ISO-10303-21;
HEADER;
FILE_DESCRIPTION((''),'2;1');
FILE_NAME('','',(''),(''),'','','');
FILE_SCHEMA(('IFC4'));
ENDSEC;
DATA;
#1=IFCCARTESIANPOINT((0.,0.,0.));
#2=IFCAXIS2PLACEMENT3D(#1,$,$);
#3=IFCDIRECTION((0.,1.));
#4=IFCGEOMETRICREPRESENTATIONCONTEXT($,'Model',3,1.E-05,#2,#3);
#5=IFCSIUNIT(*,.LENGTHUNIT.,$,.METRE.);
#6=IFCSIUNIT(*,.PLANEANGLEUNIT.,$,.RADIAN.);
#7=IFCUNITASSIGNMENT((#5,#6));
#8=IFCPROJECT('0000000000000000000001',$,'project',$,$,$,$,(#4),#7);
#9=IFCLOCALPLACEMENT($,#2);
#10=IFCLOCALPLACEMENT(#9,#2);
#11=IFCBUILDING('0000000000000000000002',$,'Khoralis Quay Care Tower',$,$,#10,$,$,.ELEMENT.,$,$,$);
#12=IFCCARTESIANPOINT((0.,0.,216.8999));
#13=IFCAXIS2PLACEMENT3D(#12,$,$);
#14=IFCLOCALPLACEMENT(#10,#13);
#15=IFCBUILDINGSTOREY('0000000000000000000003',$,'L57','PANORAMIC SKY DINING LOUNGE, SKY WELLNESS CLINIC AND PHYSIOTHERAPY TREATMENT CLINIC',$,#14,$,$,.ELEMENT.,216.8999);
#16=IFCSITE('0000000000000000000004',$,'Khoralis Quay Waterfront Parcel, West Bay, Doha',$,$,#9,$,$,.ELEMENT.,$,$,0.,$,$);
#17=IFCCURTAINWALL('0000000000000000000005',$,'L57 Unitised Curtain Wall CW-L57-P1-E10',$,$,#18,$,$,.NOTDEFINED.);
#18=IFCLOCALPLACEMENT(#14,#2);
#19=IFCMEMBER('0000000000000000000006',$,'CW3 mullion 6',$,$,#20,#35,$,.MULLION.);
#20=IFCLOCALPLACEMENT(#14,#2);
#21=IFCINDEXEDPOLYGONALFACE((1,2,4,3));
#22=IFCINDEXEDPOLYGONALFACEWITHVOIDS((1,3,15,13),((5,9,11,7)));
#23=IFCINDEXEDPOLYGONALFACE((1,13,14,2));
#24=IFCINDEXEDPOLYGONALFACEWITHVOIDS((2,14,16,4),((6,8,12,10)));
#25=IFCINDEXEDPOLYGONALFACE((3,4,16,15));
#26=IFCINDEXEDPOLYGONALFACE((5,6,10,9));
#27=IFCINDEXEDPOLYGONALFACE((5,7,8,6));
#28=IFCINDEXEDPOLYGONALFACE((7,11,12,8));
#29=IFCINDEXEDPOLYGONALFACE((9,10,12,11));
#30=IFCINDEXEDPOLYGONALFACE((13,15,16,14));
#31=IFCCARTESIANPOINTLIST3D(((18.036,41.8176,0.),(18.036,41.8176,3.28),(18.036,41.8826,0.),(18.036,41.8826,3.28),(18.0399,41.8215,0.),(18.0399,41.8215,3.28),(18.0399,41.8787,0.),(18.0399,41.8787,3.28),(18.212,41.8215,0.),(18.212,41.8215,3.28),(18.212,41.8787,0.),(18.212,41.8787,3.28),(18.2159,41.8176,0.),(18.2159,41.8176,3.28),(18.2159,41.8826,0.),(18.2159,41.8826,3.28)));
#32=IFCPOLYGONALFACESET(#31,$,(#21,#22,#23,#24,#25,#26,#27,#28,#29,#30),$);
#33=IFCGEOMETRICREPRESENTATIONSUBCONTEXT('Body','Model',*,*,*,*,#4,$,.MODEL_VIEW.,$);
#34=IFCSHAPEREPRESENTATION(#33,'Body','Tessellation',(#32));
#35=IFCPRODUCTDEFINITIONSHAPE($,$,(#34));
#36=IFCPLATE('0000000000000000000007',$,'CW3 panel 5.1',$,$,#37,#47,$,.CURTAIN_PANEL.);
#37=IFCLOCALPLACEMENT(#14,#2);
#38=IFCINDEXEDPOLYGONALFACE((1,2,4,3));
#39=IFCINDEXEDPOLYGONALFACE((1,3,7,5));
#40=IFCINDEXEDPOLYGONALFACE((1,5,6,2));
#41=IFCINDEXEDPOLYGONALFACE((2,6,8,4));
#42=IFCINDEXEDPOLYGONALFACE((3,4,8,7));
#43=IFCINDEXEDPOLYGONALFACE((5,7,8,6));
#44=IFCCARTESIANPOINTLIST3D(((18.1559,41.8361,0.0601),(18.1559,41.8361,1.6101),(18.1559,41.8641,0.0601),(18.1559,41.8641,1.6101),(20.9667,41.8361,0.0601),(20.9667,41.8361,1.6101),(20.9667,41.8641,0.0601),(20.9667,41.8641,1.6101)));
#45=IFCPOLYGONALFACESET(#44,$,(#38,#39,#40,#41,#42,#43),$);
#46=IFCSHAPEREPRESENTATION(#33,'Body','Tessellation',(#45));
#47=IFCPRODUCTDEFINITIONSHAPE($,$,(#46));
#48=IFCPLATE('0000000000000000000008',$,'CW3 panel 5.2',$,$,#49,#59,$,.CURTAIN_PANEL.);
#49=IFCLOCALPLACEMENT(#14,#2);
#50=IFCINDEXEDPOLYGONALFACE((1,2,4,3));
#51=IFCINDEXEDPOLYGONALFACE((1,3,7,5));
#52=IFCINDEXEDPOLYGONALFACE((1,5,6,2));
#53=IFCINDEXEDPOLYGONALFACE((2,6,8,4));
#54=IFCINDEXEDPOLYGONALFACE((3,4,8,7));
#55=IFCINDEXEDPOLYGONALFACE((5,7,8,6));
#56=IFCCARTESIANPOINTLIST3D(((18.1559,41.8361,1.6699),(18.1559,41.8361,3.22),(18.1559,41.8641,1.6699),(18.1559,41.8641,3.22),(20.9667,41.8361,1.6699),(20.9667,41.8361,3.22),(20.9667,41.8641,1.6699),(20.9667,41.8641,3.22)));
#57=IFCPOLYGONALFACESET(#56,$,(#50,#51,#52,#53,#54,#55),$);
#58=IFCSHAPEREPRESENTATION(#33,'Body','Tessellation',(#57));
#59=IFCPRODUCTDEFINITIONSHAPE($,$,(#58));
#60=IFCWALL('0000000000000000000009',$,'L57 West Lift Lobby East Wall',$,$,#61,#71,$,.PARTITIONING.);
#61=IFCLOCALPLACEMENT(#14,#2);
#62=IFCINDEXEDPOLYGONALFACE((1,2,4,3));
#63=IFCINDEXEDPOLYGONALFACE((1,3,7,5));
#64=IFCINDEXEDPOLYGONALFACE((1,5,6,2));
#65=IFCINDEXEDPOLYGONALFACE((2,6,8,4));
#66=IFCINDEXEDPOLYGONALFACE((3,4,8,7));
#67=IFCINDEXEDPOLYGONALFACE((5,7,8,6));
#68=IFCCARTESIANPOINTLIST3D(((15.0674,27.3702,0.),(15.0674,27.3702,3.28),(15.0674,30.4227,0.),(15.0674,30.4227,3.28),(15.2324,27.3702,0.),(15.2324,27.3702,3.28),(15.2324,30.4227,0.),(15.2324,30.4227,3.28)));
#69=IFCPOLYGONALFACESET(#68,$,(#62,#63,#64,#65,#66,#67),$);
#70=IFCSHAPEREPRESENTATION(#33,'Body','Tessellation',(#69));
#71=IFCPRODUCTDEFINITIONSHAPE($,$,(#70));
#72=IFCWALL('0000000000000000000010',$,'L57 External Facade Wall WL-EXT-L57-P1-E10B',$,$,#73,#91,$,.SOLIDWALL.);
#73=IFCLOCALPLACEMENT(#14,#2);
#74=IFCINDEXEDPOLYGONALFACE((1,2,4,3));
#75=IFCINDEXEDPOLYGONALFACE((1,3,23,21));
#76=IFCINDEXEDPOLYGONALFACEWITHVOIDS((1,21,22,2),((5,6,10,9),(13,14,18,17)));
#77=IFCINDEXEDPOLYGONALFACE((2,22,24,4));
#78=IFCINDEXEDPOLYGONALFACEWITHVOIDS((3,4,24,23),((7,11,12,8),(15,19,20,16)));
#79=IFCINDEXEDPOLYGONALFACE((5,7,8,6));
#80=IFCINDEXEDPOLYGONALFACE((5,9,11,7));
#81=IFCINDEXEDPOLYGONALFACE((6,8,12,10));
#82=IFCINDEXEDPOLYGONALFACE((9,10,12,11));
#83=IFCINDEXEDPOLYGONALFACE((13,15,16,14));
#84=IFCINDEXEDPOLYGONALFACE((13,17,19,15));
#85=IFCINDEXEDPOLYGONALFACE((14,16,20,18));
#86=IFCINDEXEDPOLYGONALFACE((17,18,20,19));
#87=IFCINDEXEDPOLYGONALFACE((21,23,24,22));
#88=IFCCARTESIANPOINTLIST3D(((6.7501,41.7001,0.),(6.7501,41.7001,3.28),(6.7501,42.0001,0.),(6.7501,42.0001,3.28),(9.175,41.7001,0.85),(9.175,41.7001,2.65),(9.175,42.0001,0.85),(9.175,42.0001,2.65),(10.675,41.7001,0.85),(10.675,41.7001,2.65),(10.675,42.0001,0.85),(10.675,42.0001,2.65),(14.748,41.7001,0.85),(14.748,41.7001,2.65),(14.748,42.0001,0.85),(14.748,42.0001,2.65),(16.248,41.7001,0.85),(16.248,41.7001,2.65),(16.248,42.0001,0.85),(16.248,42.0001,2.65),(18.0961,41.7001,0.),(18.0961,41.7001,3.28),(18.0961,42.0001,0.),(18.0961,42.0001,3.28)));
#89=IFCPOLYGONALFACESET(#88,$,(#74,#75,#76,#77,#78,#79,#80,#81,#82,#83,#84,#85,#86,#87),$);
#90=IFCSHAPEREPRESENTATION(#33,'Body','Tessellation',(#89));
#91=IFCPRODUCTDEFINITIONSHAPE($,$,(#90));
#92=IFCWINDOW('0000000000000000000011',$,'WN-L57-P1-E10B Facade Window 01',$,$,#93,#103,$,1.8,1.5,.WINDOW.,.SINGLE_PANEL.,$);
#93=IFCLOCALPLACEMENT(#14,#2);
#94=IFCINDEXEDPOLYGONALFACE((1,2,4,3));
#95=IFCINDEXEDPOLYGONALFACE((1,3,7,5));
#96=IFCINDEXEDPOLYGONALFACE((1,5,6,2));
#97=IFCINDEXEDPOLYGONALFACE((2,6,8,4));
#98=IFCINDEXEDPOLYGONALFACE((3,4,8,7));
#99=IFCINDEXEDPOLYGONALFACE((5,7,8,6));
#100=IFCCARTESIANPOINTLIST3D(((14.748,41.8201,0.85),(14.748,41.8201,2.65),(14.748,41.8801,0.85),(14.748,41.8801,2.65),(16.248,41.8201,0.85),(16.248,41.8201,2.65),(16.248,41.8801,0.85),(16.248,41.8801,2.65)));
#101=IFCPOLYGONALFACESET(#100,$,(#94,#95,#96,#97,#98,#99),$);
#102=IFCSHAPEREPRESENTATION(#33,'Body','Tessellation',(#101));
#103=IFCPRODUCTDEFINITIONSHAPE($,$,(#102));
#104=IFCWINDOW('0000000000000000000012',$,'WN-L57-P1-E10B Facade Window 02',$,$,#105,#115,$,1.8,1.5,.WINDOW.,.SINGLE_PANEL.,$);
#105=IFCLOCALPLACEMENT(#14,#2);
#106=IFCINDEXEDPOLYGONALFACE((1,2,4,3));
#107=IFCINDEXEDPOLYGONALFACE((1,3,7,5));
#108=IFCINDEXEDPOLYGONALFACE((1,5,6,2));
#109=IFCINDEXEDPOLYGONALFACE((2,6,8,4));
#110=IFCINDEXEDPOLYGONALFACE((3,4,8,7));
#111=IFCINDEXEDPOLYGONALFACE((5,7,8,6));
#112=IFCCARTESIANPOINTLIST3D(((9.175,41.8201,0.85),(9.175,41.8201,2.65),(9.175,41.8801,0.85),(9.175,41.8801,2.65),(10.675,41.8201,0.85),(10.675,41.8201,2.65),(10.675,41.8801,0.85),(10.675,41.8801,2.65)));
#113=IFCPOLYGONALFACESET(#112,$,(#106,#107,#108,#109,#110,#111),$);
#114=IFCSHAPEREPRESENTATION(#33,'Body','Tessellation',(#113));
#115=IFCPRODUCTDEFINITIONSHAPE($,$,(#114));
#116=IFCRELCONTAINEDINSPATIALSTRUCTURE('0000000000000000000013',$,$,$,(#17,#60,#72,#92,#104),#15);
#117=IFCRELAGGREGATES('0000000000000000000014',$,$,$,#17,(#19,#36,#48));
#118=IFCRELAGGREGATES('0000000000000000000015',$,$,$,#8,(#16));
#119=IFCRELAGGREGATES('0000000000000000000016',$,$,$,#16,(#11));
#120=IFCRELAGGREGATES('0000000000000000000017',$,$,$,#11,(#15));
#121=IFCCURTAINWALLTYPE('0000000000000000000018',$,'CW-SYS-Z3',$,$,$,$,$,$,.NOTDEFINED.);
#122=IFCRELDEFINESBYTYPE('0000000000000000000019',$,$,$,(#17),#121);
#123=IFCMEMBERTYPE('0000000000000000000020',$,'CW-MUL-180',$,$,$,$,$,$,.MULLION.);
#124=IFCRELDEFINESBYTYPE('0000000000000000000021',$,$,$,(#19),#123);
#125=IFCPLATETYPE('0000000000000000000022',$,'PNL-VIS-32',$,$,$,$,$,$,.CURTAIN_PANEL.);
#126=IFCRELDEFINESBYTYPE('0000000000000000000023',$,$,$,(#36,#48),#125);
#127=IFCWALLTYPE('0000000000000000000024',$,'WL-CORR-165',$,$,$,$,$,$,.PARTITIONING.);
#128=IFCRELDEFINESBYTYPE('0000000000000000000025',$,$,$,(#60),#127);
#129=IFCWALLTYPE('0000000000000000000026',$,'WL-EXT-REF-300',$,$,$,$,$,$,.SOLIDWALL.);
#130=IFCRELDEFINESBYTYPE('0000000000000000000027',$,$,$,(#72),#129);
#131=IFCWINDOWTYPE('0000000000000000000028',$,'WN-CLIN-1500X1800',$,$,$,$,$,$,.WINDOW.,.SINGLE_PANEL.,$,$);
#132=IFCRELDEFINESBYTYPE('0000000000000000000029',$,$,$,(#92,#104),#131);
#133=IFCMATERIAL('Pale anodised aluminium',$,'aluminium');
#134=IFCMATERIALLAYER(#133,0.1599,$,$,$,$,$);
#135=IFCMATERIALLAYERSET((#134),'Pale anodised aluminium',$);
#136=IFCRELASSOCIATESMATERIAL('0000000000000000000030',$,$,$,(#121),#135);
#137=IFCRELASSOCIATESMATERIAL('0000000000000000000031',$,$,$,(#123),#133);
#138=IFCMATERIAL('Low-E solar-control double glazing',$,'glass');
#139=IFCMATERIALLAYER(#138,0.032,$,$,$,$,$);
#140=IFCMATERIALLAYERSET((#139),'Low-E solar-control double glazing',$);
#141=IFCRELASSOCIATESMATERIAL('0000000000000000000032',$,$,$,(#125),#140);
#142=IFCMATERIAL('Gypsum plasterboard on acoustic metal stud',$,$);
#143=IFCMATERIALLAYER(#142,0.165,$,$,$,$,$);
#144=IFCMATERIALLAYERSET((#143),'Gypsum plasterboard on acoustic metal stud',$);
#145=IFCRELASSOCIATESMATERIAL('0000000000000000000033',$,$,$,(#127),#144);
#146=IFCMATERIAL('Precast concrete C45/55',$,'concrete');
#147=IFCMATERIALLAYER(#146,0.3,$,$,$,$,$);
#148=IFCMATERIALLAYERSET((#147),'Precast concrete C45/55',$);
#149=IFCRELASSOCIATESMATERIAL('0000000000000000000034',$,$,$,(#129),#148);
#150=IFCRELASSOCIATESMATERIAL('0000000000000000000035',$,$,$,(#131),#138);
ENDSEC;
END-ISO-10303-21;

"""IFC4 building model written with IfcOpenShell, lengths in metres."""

from ifc_helpers import new_model, si_unit, direction, frame, frame_2d, origin, origin_2d, place, context, subcontext, project, spatial, rectangle, hollow_rectangle, extrude, source, transform, mapped, material, layer, layer_set, material_profile, profile_set, type_object, element, fill, aggregate, save


model = new_model("IFC4")

# Units and contexts
model_context = context("Model", 3, precision=1e-05, world=origin(), true_north=direction((0.0, 1.0)))
body_context = subcontext(model_context, "Body", "Model", "MODEL_VIEW")
ifc_project = project(units=[si_unit("LENGTHUNIT", "METRE"), si_unit("PLANEANGLEUNIT", "RADIAN")], contexts=[model_context])

# Site, building, storey
site_placement = place(None, origin())
site = spatial("IfcSite", under=ifc_project, at=site_placement, Name="Khoralis Quay Waterfront Parcel, West Bay, Doha", CompositionType="ELEMENT", RefElevation=0.0)
building_placement = place(site_placement, origin())
building = spatial("IfcBuilding", under=site, at=building_placement, Name="Khoralis Quay Care Tower", CompositionType="ELEMENT")
storey_placement = place(building_placement, frame((0.0, 0.0, 216.8999)))
storey = spatial("IfcBuildingStorey", under=building, at=storey_placement, Name="L57", Description="PANORAMIC SKY DINING LOUNGE, SKY WELLNESS CLINIC AND PHYSIOTHERAPY TREATMENT CLINIC", CompositionType="ELEMENT", Elevation=216.8999)

# Curtain wall, member, plates
ifc_material_1 = material(Name="Pale anodised aluminium", Category="aluminium")
ifc_layer_1 = layer(ifc_material_1, 0.1599)
ifc_layer_set_1 = layer_set([ifc_layer_1], Name="Pale anodised aluminium")
curtain_wall_type = type_object("IfcCurtainWallType", Name="CW-SYS-Z3", PredefinedType="NOTDEFINED", material=ifc_layer_set_1)
curtain_wall_placement = place(storey_placement, origin())
curtain_wall = element("IfcCurtainWall", 1, at=curtain_wall_placement, inside=storey, type_object=curtain_wall_type, Name="L57 Unitised Curtain Wall CW-L57-P1-E10", PredefinedType="NOTDEFINED")
ifc_material_profile_1 = material_profile(ifc_material_1, hollow_rectangle(XDim=0.0649, YDim=0.1799, WallThickness=0.0039, at=origin_2d()), Name="Pale anodised aluminium")
ifc_profile_set_1 = profile_set([ifc_material_profile_1], Name="Pale anodised aluminium")
member_type = type_object("IfcMemberType", Name="CW-MUL-180", PredefinedType="MULLION", material=ifc_profile_set_1)
shared_shape_1 = source(origin(), body_context, "Body", "SweptSolid", [
    extrude(hollow_rectangle(XDim=0.0649, YDim=0.1799, WallThickness=0.0039, at=origin_2d()), origin(), (0.0, 0.0, 1.0), 3.28),
])
member_placement = place(storey_placement, frame((18.126, 41.8501, 0.0), z_axis=(0.0, 0.0, 1.0), x_axis=(0.0, -1.0, 0.0)))
member = element("IfcMember", 2, at=member_placement, type_object=member_type, Name="CW3 mullion 6", PredefinedType="MULLION", context=body_context, shape_type="MappedRepresentation", body=[
    mapped(shared_shape_1, transform((0.0, 0.0, 0.0), scale=1.0)),
])
ifc_material_2 = material(Name="Low-E solar-control double glazing", Category="glass")
ifc_layer_2 = layer(ifc_material_2, 0.032)
ifc_layer_set_2 = layer_set([ifc_layer_2], Name="Low-E solar-control double glazing")
plate_type = type_object("IfcPlateType", Name="PNL-VIS-32", PredefinedType="CURTAIN_PANEL", material=ifc_layer_set_2)
shared_shape_2 = source(origin(), body_context, "Body", "SweptSolid", [
    extrude(rectangle(XDim=2.8108, YDim=0.0281, at=origin_2d()), origin(), (0.0, 0.0, 1.0), 1.55),
])
plate_1_placement = place(storey_placement, frame((19.5613, 41.8501, 0.0601), z_axis=(0.0, 0.0, 1.0), x_axis=(-1.0, 0.0, 0.0)))
plate_1 = element("IfcPlate", 3, at=plate_1_placement, type_object=plate_type, Name="CW3 panel 5.1", PredefinedType="CURTAIN_PANEL", context=body_context, shape_type="MappedRepresentation", body=[
    mapped(shared_shape_2, transform((0.0, 0.0, 0.0), scale=1.0)),
])
plate_2_placement = place(storey_placement, frame((19.5613, 41.8501, 1.6699), z_axis=(0.0, 0.0, 1.0), x_axis=(-1.0, 0.0, 0.0)))
plate_2 = element("IfcPlate", 4, at=plate_2_placement, type_object=plate_type, Name="CW3 panel 5.2", PredefinedType="CURTAIN_PANEL", context=body_context, shape_type="MappedRepresentation", body=[
    mapped(shared_shape_2, transform((0.0, 0.0, 0.0), scale=1.0)),
])
aggregate(curtain_wall, [member, plate_1, plate_2])

# Wall
ifc_material_3 = material(Name="Gypsum plasterboard on acoustic metal stud")
ifc_layer_3 = layer(ifc_material_3, 0.165)
ifc_layer_set_3 = layer_set([ifc_layer_3], Name="Gypsum plasterboard on acoustic metal stud")
wall_type_1 = type_object("IfcWallType", Name="WL-CORR-165", PredefinedType="PARTITIONING", material=ifc_layer_set_3)
wall_1_placement = place(storey_placement, frame((15.1499, 27.3701, 0.0), z_axis=(0.0, 0.0, 1.0), x_axis=(0.0, 1.0, 0.0)))
element("IfcWall", 5, at=wall_1_placement, inside=storey, type_object=wall_type_1, Name="L57 West Lift Lobby East Wall", PredefinedType="PARTITIONING", context=body_context, shape_type="SweptSolid", body=[
    extrude(rectangle(XDim=3.0525, YDim=0.165, at=frame_2d((1.5264, 0.0))), origin(), (0.0, 0.0, 1.0), 3.28),
])

# Wall, openings, windows
ifc_material_4 = material(Name="Precast concrete C45/55", Category="concrete")
ifc_layer_4 = layer(ifc_material_4, 0.3)
ifc_layer_set_4 = layer_set([ifc_layer_4], Name="Precast concrete C45/55")
wall_type_2 = type_object("IfcWallType", Name="WL-EXT-REF-300", PredefinedType="SOLIDWALL", material=ifc_layer_set_4)
wall_2_placement = place(storey_placement, frame((18.0959, 41.8501, 0.0), z_axis=(0.0, 0.0, 1.0), x_axis=(-1.0, 0.0, 0.0)))
wall_2 = element("IfcWall", 6, at=wall_2_placement, inside=storey, type_object=wall_type_2, Name="L57 External Facade Wall WL-EXT-L57-P1-E10B", PredefinedType="SOLIDWALL", context=body_context, shape_type="SweptSolid", body=[
    extrude(rectangle(XDim=11.3459, YDim=0.3, at=frame_2d((5.6729, 0.0))), origin(), (0.0, 0.0, 1.0), 3.28),
])
opening_1_placement = place(wall_2_placement, frame((1.8479, 0.0, 0.8501)))
opening_1 = element("IfcOpeningElement", 7, at=opening_1_placement, cuts=wall_2, PredefinedType="OPENING", context=body_context, shape_type="SweptSolid", body=[
    extrude(rectangle(XDim=1.5, YDim=1.8, at=frame_2d((0.75, 0.8999))), frame((0.0, 0.1602, 0.0), z_axis=(0.0, -1.0, 0.0), x_axis=(1.0, 0.0, 0.0)), (0.0, 0.0, 1.0), 0.3201),
])
opening_2_placement = place(wall_2_placement, frame((7.4209, 0.0, 0.8501)))
opening_2 = element("IfcOpeningElement", 8, at=opening_2_placement, cuts=wall_2, PredefinedType="OPENING", context=body_context, shape_type="SweptSolid", body=[
    extrude(rectangle(XDim=1.5, YDim=1.8, at=frame_2d((0.75, 0.8999))), frame((0.0, 0.1602, 0.0), z_axis=(0.0, -1.0, 0.0), x_axis=(1.0, 0.0, 0.0)), (0.0, 0.0, 1.0), 0.3201),
])
window_type = type_object("IfcWindowType", Name="WN-CLIN-1500X1800", PartitioningType="SINGLE_PANEL", PredefinedType="WINDOW", material=ifc_material_2)
shared_shape_3 = source(origin(), body_context, "Body", "SweptSolid", [
    extrude(rectangle(XDim=1.5, YDim=1.8, at=frame_2d((0.75, 0.8999))), frame((0.0, 0.03, 0.0), z_axis=(0.0, -1.0, 0.0), x_axis=(1.0, 0.0, 0.0)), (0.0, 0.0, 1.0), 0.0601),
])
window_1_placement = place(opening_1_placement, origin())
window_1 = element("IfcWindow", 9, at=window_1_placement, inside=storey, type_object=window_type, Name="WN-L57-P1-E10B Facade Window 01", OverallHeight=1.8, OverallWidth=1.5, PartitioningType="SINGLE_PANEL", PredefinedType="WINDOW", context=body_context, shape_type="MappedRepresentation", body=[
    mapped(shared_shape_3, transform((0.0, 0.0, 0.0), scale=1.0)),
])
fill(opening_1, window_1)
window_2_placement = place(opening_2_placement, origin())
window_2 = element("IfcWindow", 10, at=window_2_placement, inside=storey, type_object=window_type, Name="WN-L57-P1-E10B Facade Window 02", OverallHeight=1.8, OverallWidth=1.5, PartitioningType="SINGLE_PANEL", PredefinedType="WINDOW", context=body_context, shape_type="MappedRepresentation", body=[
    mapped(shared_shape_3, transform((0.0, 0.0, 0.0), scale=1.0)),
])
fill(opening_2, window_2)

save(model, "model.ifc")
